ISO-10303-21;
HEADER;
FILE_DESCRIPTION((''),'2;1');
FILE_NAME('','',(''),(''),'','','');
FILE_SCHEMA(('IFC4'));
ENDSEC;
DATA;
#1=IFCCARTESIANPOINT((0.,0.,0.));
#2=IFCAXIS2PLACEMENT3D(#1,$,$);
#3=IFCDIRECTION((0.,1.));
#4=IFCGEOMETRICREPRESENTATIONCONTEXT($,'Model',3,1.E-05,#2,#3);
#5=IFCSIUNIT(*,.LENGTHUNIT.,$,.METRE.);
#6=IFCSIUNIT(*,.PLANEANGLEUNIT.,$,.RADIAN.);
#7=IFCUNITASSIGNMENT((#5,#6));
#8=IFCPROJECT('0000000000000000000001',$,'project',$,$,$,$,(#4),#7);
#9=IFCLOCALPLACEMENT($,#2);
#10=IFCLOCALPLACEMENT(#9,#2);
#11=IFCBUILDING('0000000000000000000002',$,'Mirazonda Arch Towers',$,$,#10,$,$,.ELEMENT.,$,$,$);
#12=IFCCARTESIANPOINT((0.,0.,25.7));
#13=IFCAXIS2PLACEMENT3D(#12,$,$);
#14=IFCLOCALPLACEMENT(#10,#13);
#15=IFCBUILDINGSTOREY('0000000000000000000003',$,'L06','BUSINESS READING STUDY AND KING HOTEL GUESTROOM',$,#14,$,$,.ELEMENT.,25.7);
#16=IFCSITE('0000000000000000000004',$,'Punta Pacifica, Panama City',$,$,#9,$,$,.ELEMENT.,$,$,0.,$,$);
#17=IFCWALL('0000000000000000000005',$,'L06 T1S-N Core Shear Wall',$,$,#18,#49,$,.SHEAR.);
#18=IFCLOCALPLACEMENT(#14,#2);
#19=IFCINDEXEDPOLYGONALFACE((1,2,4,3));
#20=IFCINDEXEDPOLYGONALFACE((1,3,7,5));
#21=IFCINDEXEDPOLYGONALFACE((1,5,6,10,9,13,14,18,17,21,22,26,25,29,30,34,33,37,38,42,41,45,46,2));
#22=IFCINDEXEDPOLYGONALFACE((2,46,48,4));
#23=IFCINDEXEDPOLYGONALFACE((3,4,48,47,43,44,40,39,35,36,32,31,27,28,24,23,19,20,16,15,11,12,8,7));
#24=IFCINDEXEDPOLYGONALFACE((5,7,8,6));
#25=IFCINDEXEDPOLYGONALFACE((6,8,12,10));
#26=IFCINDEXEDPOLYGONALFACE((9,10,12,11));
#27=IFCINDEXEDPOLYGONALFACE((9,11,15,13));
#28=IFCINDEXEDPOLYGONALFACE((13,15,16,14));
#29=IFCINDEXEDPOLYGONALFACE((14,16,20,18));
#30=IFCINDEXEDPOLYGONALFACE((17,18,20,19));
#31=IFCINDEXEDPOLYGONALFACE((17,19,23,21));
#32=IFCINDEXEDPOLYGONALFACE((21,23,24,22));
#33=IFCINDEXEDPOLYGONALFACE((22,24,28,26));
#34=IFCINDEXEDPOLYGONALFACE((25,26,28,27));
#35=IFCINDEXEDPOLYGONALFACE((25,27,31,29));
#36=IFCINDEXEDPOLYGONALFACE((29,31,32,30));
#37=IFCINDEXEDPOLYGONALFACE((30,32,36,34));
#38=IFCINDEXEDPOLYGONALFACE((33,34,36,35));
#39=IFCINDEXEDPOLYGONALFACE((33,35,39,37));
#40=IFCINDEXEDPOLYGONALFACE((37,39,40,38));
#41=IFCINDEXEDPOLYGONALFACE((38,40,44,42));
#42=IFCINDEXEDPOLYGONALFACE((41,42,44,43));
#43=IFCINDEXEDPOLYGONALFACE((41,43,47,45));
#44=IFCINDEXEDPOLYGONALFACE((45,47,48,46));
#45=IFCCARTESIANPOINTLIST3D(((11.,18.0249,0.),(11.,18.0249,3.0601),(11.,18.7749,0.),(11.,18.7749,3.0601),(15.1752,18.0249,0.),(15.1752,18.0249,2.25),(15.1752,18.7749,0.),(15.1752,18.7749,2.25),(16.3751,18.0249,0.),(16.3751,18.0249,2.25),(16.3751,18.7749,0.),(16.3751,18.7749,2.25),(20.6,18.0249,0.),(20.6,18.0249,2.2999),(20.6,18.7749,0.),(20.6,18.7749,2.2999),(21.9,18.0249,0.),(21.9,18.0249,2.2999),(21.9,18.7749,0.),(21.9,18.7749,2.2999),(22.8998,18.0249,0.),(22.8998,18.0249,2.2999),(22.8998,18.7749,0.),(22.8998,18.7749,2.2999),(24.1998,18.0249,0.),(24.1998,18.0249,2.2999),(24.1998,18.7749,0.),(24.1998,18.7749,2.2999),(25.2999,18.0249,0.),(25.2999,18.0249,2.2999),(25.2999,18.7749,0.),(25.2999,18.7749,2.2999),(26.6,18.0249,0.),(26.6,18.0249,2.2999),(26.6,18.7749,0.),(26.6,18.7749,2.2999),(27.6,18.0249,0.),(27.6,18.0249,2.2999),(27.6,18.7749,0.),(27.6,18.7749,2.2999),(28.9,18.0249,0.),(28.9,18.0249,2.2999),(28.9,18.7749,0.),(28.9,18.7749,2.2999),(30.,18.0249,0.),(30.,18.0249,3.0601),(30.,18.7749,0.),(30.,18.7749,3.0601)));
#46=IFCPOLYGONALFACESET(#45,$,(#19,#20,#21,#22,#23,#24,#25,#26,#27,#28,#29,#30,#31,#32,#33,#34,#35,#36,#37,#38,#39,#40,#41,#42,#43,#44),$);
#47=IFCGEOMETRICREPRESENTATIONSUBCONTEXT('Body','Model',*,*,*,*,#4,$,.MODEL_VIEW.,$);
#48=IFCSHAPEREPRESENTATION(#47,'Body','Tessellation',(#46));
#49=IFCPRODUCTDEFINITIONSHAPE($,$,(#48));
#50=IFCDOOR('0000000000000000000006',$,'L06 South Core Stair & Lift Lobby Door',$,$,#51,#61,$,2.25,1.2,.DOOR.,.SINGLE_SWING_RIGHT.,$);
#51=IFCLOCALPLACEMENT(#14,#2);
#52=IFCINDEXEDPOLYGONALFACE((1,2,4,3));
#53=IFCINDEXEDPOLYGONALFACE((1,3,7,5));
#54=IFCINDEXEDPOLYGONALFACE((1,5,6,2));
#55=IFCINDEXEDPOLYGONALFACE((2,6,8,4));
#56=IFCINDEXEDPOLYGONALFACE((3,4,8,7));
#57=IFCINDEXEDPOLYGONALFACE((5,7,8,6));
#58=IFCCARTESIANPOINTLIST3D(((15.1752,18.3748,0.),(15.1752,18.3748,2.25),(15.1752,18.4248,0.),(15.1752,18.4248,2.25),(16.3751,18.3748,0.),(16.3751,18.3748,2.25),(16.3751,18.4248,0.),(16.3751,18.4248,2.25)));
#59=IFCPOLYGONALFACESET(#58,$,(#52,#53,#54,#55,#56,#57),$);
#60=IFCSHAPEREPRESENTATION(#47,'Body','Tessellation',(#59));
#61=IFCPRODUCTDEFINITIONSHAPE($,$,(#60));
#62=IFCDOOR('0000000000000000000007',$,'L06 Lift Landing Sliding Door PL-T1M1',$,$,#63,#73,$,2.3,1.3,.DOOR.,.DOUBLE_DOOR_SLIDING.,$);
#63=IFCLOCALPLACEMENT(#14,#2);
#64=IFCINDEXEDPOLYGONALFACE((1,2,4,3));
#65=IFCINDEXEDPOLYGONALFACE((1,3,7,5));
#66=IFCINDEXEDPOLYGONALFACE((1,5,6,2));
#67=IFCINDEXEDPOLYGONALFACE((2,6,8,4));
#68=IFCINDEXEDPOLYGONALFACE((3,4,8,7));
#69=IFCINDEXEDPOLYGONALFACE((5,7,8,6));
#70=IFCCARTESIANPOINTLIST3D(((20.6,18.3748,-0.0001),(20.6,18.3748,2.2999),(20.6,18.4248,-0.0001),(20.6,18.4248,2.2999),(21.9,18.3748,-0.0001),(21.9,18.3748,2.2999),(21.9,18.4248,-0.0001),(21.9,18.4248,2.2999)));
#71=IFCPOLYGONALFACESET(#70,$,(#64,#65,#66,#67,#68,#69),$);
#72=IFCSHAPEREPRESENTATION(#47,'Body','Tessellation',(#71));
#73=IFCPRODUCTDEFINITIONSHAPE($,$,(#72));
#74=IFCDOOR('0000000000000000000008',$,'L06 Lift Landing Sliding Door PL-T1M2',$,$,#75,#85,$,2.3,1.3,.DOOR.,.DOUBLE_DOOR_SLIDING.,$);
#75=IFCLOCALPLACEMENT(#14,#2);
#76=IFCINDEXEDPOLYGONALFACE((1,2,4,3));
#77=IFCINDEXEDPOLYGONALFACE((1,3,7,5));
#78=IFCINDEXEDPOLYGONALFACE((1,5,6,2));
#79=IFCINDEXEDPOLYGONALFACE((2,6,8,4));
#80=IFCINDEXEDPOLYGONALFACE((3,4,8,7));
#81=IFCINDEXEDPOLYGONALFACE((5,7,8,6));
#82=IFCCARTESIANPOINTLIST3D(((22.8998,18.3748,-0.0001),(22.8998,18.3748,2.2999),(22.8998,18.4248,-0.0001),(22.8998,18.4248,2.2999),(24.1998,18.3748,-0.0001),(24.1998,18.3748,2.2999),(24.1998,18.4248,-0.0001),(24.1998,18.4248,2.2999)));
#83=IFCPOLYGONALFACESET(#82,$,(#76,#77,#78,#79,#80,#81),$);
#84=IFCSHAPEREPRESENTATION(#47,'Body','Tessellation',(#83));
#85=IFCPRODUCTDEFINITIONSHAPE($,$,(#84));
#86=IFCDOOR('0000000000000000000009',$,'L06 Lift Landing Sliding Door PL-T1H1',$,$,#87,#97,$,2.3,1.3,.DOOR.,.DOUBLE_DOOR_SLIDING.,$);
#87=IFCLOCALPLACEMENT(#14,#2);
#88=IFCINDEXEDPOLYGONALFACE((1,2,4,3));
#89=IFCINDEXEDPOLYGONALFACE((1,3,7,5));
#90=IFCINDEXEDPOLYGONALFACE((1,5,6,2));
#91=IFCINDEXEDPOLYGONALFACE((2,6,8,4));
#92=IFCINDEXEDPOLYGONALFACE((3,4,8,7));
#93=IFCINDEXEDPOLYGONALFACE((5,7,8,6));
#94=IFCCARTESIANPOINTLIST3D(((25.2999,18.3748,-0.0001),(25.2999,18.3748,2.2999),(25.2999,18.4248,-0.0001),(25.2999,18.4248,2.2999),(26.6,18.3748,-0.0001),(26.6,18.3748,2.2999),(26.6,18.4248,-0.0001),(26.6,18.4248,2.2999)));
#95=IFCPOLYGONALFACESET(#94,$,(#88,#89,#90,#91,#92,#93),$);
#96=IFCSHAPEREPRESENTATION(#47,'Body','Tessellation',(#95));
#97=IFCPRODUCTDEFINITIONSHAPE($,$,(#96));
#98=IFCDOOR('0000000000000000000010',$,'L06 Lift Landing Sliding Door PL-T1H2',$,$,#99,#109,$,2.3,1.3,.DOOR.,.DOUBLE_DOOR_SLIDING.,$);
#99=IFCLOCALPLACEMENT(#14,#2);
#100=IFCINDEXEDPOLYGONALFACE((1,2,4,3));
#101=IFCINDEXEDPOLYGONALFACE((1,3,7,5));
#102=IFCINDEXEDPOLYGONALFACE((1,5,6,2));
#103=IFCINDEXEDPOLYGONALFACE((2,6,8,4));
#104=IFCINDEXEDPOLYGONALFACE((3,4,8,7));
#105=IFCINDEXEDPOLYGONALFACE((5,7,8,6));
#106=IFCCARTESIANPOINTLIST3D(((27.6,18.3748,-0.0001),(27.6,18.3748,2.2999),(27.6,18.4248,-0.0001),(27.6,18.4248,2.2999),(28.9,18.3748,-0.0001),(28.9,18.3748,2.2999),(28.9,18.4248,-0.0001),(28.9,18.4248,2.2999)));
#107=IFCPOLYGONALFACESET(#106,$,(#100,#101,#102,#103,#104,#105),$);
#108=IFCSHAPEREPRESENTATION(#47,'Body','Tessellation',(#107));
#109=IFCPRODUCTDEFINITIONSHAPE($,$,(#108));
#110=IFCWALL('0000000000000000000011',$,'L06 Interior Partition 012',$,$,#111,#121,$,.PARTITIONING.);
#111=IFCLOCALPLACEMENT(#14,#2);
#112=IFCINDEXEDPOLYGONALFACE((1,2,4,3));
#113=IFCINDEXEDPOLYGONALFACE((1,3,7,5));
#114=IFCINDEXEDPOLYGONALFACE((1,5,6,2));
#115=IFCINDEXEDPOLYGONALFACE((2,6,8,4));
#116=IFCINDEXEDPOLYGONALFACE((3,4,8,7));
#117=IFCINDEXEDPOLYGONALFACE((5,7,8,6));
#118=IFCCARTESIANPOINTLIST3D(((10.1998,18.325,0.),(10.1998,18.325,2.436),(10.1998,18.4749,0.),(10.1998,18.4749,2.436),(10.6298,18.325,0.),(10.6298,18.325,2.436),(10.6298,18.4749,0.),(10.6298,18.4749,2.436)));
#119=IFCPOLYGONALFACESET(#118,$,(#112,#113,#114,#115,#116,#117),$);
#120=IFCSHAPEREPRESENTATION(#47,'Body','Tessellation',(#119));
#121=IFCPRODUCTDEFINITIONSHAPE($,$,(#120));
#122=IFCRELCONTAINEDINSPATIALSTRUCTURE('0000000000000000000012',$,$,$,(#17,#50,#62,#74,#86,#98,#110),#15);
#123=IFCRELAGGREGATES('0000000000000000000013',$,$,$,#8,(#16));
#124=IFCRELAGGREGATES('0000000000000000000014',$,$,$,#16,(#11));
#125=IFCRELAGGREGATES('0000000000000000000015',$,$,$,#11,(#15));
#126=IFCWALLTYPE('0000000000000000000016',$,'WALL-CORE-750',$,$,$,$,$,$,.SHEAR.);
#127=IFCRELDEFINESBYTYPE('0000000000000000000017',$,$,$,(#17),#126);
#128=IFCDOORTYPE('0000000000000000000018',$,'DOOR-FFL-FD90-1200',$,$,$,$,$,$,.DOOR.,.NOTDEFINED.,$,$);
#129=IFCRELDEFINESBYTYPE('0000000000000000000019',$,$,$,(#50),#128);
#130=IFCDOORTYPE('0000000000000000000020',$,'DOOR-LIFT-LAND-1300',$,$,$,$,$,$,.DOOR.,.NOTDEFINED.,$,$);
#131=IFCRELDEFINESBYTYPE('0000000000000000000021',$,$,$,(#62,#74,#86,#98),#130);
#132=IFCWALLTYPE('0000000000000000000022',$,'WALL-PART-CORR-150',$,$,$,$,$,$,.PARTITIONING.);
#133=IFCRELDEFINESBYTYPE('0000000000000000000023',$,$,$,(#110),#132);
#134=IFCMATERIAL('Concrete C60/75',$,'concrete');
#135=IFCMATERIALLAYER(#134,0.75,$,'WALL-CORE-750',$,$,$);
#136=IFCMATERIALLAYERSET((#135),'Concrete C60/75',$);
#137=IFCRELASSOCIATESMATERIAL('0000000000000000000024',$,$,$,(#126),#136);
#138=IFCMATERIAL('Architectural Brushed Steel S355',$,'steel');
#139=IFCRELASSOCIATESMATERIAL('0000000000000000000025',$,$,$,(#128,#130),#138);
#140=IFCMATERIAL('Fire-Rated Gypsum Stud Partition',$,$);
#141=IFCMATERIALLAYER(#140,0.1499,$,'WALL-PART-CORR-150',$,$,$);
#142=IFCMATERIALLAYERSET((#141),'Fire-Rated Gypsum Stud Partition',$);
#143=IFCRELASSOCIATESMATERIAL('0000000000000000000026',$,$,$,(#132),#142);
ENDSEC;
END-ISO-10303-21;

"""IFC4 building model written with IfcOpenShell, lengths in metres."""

from ifc_helpers import new_model, si_unit, direction, frame, frame_2d, origin, place, context, subcontext, project, spatial, rectangle, extrude, material, layer, layer_set, type_object, element, fill, save


model = new_model("IFC4")

# Units and contexts
model_context = context("Model", 3, precision=1e-05, world=origin(), true_north=direction((0.0, 1.0)))
body_context = subcontext(model_context, "Body", "Model", "MODEL_VIEW")
ifc_project = project(units=[si_unit("LENGTHUNIT", "METRE"), si_unit("PLANEANGLEUNIT", "RADIAN")], contexts=[model_context])

# Site, building, storey
site_placement = place(None, origin())
site = spatial("IfcSite", under=ifc_project, at=site_placement, Name="Punta Pacifica, Panama City", CompositionType="ELEMENT", RefElevation=0.0)
building_placement = place(site_placement, origin())
building = spatial("IfcBuilding", under=site, at=building_placement, Name="Mirazonda Arch Towers", CompositionType="ELEMENT")
storey_placement = place(building_placement, frame((0.0, 0.0, 25.7)))
storey = spatial("IfcBuildingStorey", under=building, at=storey_placement, Name="L06", Description="BUSINESS READING STUDY AND KING HOTEL GUESTROOM", CompositionType="ELEMENT", Elevation=25.7)

# Shared definitions
ifc_material_1 = material(Name="Concrete C60/75", Category="concrete")

# Shared definitions
ifc_material_2 = material(Name="Architectural Brushed Steel S355", Category="steel")

# Wall, openings, doors
ifc_layer_1 = layer(ifc_material_1, 0.75, Name="WALL-CORE-750")
ifc_layer_set_1 = layer_set([ifc_layer_1], Name="Concrete C60/75")
wall_type_1 = type_object("IfcWallType", Name="WALL-CORE-750", PredefinedType="SHEAR", material=ifc_layer_set_1)
wall_1_placement = place(storey_placement, frame((11.0, 18.3999, 0.0), z_axis=(0.0, 0.0, 1.0), x_axis=(1.0, 0.0, 0.0)))
wall_1 = element("IfcWall", 1, at=wall_1_placement, inside=storey, type_object=wall_type_1, Name="L06 T1S-N Core Shear Wall", PredefinedType="SHEAR", context=body_context, shape_type="SweptSolid", body=[
    extrude(rectangle(XDim=19.0, YDim=0.75, at=frame_2d((9.5, 0.0))), origin(), (0.0, 0.0, 1.0), 3.0601),
])
opening_1_placement = place(wall_1_placement, frame((4.175, 0.0, 0.0)))
opening_1 = element("IfcOpeningElement", 2, at=opening_1_placement, cuts=wall_1, PredefinedType="OPENING", context=body_context, shape_type="SweptSolid", body=[
    extrude(rectangle(XDim=1.2, YDim=2.25, at=frame_2d((0.6001, 1.125))), frame((0.0, 0.385, 0.0), z_axis=(0.0, -1.0, 0.0), x_axis=(1.0, 0.0, 0.0)), (0.0, 0.0, 1.0), 0.77),
])
opening_2_placement = place(wall_1_placement, frame((9.6001, 0.0, 0.0)))
opening_2 = element("IfcOpeningElement", 3, at=opening_2_placement, cuts=wall_1, PredefinedType="OPENING", context=body_context, shape_type="SweptSolid", body=[
    extrude(rectangle(XDim=1.3, YDim=2.3, at=frame_2d((0.6499, 1.1499))), frame((0.0, 0.385, 0.0), z_axis=(0.0, -1.0, 0.0), x_axis=(1.0, 0.0, 0.0)), (0.0, 0.0, 1.0), 0.77),
])
opening_3_placement = place(wall_1_placement, frame((11.8999, 0.0, 0.0)))
opening_3 = element("IfcOpeningElement", 4, at=opening_3_placement, cuts=wall_1, PredefinedType="OPENING", context=body_context, shape_type="SweptSolid", body=[
    extrude(rectangle(XDim=1.3, YDim=2.3, at=frame_2d((0.6499, 1.1499))), frame((0.0, 0.385, 0.0), z_axis=(0.0, -1.0, 0.0), x_axis=(1.0, 0.0, 0.0)), (0.0, 0.0, 1.0), 0.77),
])
opening_4_placement = place(wall_1_placement, frame((14.3, 0.0, 0.0)))
opening_4 = element("IfcOpeningElement", 5, at=opening_4_placement, cuts=wall_1, PredefinedType="OPENING", context=body_context, shape_type="SweptSolid", body=[
    extrude(rectangle(XDim=1.3, YDim=2.3, at=frame_2d((0.6499, 1.1499))), frame((0.0, 0.385, 0.0), z_axis=(0.0, -1.0, 0.0), x_axis=(1.0, 0.0, 0.0)), (0.0, 0.0, 1.0), 0.77),
])
opening_5_placement = place(wall_1_placement, frame((16.6001, 0.0, 0.0)))
opening_5 = element("IfcOpeningElement", 6, at=opening_5_placement, cuts=wall_1, PredefinedType="OPENING", context=body_context, shape_type="SweptSolid", body=[
    extrude(rectangle(XDim=1.3, YDim=2.3, at=frame_2d((0.6499, 1.1499))), frame((0.0, 0.385, 0.0), z_axis=(0.0, -1.0, 0.0), x_axis=(1.0, 0.0, 0.0)), (0.0, 0.0, 1.0), 0.77),
])
door_type_1 = type_object("IfcDoorType", Name="DOOR-FFL-FD90-1200", OperationType="NOTDEFINED", PredefinedType="DOOR", material=ifc_material_2)
door_1_placement = place(opening_1_placement, origin())
door_1 = element("IfcDoor", 7, at=door_1_placement, inside=storey, type_object=door_type_1, Name="L06 South Core Stair & Lift Lobby Door", OperationType="SINGLE_SWING_RIGHT", OverallHeight=2.25, OverallWidth=1.2, PredefinedType="DOOR", context=body_context, shape_type="SweptSolid", body=[
    extrude(rectangle(XDim=1.2, YDim=2.25, at=frame_2d((0.6001, 1.125))), frame((0.0, 0.0249, 0.0), z_axis=(0.0, -1.0, 0.0), x_axis=(1.0, 0.0, 0.0)), (0.0, 0.0, 1.0), 0.05),
])
fill(opening_1, door_1)
door_type_2 = type_object("IfcDoorType", Name="DOOR-LIFT-LAND-1300", OperationType="NOTDEFINED", PredefinedType="DOOR", material=ifc_material_2)
door_2_placement = place(opening_2_placement, origin())
door_2 = element("IfcDoor", 8, at=door_2_placement, inside=storey, type_object=door_type_2, Name="L06 Lift Landing Sliding Door PL-T1M1", OperationType="DOUBLE_DOOR_SLIDING", OverallHeight=2.3, OverallWidth=1.3, PredefinedType="DOOR", context=body_context, shape_type="SweptSolid", body=[
    extrude(rectangle(XDim=1.3, YDim=2.3, at=frame_2d((0.6499, 1.1499))), frame((0.0, 0.0249, 0.0), z_axis=(0.0, -1.0, 0.0), x_axis=(1.0, 0.0, 0.0)), (0.0, 0.0, 1.0), 0.05),
])
fill(opening_2, door_2)
door_3_placement = place(opening_3_placement, origin())
door_3 = element("IfcDoor", 9, at=door_3_placement, inside=storey, type_object=door_type_2, Name="L06 Lift Landing Sliding Door PL-T1M2", OperationType="DOUBLE_DOOR_SLIDING", OverallHeight=2.3, OverallWidth=1.3, PredefinedType="DOOR", context=body_context, shape_type="SweptSolid", body=[
    extrude(rectangle(XDim=1.3, YDim=2.3, at=frame_2d((0.6499, 1.1499))), frame((0.0, 0.0249, 0.0), z_axis=(0.0, -1.0, 0.0), x_axis=(1.0, 0.0, 0.0)), (0.0, 0.0, 1.0), 0.05),
])
fill(opening_3, door_3)
door_4_placement = place(opening_4_placement, origin())
door_4 = element("IfcDoor", 10, at=door_4_placement, inside=storey, type_object=door_type_2, Name="L06 Lift Landing Sliding Door PL-T1H1", OperationType="DOUBLE_DOOR_SLIDING", OverallHeight=2.3, OverallWidth=1.3, PredefinedType="DOOR", context=body_context, shape_type="SweptSolid", body=[
    extrude(rectangle(XDim=1.3, YDim=2.3, at=frame_2d((0.6499, 1.1499))), frame((0.0, 0.0249, 0.0), z_axis=(0.0, -1.0, 0.0), x_axis=(1.0, 0.0, 0.0)), (0.0, 0.0, 1.0), 0.05),
])
fill(opening_4, door_4)
door_5_placement = place(opening_5_placement, origin())
door_5 = element("IfcDoor", 11, at=door_5_placement, inside=storey, type_object=door_type_2, Name="L06 Lift Landing Sliding Door PL-T1H2", OperationType="DOUBLE_DOOR_SLIDING", OverallHeight=2.3, OverallWidth=1.3, PredefinedType="DOOR", context=body_context, shape_type="SweptSolid", body=[
    extrude(rectangle(XDim=1.3, YDim=2.3, at=frame_2d((0.6499, 1.1499))), frame((0.0, 0.0249, 0.0), z_axis=(0.0, -1.0, 0.0), x_axis=(1.0, 0.0, 0.0)), (0.0, 0.0, 1.0), 0.05),
])
fill(opening_5, door_5)

# Wall
ifc_material_3 = material(Name="Fire-Rated Gypsum Stud Partition")
ifc_layer_2 = layer(ifc_material_3, 0.1499, Name="WALL-PART-CORR-150")
ifc_layer_set_2 = layer_set([ifc_layer_2], Name="Fire-Rated Gypsum Stud Partition")
wall_type_2 = type_object("IfcWallType", Name="WALL-PART-CORR-150", PredefinedType="PARTITIONING", material=ifc_layer_set_2)
wall_2_placement = place(storey_placement, frame((10.2, 18.3999, 0.0), z_axis=(0.0, 0.0, 1.0), x_axis=(1.0, 0.0, 0.0)))
element("IfcWall", 12, at=wall_2_placement, inside=storey, type_object=wall_type_2, Name="L06 Interior Partition 012", PredefinedType="PARTITIONING", context=body_context, shape_type="SweptSolid", body=[
    extrude(rectangle(XDim=0.4299, YDim=0.1499, at=frame_2d((0.2148, 0.0))), origin(), (0.0, 0.0, 1.0), 2.436),
])

save(model, "model.ifc")
